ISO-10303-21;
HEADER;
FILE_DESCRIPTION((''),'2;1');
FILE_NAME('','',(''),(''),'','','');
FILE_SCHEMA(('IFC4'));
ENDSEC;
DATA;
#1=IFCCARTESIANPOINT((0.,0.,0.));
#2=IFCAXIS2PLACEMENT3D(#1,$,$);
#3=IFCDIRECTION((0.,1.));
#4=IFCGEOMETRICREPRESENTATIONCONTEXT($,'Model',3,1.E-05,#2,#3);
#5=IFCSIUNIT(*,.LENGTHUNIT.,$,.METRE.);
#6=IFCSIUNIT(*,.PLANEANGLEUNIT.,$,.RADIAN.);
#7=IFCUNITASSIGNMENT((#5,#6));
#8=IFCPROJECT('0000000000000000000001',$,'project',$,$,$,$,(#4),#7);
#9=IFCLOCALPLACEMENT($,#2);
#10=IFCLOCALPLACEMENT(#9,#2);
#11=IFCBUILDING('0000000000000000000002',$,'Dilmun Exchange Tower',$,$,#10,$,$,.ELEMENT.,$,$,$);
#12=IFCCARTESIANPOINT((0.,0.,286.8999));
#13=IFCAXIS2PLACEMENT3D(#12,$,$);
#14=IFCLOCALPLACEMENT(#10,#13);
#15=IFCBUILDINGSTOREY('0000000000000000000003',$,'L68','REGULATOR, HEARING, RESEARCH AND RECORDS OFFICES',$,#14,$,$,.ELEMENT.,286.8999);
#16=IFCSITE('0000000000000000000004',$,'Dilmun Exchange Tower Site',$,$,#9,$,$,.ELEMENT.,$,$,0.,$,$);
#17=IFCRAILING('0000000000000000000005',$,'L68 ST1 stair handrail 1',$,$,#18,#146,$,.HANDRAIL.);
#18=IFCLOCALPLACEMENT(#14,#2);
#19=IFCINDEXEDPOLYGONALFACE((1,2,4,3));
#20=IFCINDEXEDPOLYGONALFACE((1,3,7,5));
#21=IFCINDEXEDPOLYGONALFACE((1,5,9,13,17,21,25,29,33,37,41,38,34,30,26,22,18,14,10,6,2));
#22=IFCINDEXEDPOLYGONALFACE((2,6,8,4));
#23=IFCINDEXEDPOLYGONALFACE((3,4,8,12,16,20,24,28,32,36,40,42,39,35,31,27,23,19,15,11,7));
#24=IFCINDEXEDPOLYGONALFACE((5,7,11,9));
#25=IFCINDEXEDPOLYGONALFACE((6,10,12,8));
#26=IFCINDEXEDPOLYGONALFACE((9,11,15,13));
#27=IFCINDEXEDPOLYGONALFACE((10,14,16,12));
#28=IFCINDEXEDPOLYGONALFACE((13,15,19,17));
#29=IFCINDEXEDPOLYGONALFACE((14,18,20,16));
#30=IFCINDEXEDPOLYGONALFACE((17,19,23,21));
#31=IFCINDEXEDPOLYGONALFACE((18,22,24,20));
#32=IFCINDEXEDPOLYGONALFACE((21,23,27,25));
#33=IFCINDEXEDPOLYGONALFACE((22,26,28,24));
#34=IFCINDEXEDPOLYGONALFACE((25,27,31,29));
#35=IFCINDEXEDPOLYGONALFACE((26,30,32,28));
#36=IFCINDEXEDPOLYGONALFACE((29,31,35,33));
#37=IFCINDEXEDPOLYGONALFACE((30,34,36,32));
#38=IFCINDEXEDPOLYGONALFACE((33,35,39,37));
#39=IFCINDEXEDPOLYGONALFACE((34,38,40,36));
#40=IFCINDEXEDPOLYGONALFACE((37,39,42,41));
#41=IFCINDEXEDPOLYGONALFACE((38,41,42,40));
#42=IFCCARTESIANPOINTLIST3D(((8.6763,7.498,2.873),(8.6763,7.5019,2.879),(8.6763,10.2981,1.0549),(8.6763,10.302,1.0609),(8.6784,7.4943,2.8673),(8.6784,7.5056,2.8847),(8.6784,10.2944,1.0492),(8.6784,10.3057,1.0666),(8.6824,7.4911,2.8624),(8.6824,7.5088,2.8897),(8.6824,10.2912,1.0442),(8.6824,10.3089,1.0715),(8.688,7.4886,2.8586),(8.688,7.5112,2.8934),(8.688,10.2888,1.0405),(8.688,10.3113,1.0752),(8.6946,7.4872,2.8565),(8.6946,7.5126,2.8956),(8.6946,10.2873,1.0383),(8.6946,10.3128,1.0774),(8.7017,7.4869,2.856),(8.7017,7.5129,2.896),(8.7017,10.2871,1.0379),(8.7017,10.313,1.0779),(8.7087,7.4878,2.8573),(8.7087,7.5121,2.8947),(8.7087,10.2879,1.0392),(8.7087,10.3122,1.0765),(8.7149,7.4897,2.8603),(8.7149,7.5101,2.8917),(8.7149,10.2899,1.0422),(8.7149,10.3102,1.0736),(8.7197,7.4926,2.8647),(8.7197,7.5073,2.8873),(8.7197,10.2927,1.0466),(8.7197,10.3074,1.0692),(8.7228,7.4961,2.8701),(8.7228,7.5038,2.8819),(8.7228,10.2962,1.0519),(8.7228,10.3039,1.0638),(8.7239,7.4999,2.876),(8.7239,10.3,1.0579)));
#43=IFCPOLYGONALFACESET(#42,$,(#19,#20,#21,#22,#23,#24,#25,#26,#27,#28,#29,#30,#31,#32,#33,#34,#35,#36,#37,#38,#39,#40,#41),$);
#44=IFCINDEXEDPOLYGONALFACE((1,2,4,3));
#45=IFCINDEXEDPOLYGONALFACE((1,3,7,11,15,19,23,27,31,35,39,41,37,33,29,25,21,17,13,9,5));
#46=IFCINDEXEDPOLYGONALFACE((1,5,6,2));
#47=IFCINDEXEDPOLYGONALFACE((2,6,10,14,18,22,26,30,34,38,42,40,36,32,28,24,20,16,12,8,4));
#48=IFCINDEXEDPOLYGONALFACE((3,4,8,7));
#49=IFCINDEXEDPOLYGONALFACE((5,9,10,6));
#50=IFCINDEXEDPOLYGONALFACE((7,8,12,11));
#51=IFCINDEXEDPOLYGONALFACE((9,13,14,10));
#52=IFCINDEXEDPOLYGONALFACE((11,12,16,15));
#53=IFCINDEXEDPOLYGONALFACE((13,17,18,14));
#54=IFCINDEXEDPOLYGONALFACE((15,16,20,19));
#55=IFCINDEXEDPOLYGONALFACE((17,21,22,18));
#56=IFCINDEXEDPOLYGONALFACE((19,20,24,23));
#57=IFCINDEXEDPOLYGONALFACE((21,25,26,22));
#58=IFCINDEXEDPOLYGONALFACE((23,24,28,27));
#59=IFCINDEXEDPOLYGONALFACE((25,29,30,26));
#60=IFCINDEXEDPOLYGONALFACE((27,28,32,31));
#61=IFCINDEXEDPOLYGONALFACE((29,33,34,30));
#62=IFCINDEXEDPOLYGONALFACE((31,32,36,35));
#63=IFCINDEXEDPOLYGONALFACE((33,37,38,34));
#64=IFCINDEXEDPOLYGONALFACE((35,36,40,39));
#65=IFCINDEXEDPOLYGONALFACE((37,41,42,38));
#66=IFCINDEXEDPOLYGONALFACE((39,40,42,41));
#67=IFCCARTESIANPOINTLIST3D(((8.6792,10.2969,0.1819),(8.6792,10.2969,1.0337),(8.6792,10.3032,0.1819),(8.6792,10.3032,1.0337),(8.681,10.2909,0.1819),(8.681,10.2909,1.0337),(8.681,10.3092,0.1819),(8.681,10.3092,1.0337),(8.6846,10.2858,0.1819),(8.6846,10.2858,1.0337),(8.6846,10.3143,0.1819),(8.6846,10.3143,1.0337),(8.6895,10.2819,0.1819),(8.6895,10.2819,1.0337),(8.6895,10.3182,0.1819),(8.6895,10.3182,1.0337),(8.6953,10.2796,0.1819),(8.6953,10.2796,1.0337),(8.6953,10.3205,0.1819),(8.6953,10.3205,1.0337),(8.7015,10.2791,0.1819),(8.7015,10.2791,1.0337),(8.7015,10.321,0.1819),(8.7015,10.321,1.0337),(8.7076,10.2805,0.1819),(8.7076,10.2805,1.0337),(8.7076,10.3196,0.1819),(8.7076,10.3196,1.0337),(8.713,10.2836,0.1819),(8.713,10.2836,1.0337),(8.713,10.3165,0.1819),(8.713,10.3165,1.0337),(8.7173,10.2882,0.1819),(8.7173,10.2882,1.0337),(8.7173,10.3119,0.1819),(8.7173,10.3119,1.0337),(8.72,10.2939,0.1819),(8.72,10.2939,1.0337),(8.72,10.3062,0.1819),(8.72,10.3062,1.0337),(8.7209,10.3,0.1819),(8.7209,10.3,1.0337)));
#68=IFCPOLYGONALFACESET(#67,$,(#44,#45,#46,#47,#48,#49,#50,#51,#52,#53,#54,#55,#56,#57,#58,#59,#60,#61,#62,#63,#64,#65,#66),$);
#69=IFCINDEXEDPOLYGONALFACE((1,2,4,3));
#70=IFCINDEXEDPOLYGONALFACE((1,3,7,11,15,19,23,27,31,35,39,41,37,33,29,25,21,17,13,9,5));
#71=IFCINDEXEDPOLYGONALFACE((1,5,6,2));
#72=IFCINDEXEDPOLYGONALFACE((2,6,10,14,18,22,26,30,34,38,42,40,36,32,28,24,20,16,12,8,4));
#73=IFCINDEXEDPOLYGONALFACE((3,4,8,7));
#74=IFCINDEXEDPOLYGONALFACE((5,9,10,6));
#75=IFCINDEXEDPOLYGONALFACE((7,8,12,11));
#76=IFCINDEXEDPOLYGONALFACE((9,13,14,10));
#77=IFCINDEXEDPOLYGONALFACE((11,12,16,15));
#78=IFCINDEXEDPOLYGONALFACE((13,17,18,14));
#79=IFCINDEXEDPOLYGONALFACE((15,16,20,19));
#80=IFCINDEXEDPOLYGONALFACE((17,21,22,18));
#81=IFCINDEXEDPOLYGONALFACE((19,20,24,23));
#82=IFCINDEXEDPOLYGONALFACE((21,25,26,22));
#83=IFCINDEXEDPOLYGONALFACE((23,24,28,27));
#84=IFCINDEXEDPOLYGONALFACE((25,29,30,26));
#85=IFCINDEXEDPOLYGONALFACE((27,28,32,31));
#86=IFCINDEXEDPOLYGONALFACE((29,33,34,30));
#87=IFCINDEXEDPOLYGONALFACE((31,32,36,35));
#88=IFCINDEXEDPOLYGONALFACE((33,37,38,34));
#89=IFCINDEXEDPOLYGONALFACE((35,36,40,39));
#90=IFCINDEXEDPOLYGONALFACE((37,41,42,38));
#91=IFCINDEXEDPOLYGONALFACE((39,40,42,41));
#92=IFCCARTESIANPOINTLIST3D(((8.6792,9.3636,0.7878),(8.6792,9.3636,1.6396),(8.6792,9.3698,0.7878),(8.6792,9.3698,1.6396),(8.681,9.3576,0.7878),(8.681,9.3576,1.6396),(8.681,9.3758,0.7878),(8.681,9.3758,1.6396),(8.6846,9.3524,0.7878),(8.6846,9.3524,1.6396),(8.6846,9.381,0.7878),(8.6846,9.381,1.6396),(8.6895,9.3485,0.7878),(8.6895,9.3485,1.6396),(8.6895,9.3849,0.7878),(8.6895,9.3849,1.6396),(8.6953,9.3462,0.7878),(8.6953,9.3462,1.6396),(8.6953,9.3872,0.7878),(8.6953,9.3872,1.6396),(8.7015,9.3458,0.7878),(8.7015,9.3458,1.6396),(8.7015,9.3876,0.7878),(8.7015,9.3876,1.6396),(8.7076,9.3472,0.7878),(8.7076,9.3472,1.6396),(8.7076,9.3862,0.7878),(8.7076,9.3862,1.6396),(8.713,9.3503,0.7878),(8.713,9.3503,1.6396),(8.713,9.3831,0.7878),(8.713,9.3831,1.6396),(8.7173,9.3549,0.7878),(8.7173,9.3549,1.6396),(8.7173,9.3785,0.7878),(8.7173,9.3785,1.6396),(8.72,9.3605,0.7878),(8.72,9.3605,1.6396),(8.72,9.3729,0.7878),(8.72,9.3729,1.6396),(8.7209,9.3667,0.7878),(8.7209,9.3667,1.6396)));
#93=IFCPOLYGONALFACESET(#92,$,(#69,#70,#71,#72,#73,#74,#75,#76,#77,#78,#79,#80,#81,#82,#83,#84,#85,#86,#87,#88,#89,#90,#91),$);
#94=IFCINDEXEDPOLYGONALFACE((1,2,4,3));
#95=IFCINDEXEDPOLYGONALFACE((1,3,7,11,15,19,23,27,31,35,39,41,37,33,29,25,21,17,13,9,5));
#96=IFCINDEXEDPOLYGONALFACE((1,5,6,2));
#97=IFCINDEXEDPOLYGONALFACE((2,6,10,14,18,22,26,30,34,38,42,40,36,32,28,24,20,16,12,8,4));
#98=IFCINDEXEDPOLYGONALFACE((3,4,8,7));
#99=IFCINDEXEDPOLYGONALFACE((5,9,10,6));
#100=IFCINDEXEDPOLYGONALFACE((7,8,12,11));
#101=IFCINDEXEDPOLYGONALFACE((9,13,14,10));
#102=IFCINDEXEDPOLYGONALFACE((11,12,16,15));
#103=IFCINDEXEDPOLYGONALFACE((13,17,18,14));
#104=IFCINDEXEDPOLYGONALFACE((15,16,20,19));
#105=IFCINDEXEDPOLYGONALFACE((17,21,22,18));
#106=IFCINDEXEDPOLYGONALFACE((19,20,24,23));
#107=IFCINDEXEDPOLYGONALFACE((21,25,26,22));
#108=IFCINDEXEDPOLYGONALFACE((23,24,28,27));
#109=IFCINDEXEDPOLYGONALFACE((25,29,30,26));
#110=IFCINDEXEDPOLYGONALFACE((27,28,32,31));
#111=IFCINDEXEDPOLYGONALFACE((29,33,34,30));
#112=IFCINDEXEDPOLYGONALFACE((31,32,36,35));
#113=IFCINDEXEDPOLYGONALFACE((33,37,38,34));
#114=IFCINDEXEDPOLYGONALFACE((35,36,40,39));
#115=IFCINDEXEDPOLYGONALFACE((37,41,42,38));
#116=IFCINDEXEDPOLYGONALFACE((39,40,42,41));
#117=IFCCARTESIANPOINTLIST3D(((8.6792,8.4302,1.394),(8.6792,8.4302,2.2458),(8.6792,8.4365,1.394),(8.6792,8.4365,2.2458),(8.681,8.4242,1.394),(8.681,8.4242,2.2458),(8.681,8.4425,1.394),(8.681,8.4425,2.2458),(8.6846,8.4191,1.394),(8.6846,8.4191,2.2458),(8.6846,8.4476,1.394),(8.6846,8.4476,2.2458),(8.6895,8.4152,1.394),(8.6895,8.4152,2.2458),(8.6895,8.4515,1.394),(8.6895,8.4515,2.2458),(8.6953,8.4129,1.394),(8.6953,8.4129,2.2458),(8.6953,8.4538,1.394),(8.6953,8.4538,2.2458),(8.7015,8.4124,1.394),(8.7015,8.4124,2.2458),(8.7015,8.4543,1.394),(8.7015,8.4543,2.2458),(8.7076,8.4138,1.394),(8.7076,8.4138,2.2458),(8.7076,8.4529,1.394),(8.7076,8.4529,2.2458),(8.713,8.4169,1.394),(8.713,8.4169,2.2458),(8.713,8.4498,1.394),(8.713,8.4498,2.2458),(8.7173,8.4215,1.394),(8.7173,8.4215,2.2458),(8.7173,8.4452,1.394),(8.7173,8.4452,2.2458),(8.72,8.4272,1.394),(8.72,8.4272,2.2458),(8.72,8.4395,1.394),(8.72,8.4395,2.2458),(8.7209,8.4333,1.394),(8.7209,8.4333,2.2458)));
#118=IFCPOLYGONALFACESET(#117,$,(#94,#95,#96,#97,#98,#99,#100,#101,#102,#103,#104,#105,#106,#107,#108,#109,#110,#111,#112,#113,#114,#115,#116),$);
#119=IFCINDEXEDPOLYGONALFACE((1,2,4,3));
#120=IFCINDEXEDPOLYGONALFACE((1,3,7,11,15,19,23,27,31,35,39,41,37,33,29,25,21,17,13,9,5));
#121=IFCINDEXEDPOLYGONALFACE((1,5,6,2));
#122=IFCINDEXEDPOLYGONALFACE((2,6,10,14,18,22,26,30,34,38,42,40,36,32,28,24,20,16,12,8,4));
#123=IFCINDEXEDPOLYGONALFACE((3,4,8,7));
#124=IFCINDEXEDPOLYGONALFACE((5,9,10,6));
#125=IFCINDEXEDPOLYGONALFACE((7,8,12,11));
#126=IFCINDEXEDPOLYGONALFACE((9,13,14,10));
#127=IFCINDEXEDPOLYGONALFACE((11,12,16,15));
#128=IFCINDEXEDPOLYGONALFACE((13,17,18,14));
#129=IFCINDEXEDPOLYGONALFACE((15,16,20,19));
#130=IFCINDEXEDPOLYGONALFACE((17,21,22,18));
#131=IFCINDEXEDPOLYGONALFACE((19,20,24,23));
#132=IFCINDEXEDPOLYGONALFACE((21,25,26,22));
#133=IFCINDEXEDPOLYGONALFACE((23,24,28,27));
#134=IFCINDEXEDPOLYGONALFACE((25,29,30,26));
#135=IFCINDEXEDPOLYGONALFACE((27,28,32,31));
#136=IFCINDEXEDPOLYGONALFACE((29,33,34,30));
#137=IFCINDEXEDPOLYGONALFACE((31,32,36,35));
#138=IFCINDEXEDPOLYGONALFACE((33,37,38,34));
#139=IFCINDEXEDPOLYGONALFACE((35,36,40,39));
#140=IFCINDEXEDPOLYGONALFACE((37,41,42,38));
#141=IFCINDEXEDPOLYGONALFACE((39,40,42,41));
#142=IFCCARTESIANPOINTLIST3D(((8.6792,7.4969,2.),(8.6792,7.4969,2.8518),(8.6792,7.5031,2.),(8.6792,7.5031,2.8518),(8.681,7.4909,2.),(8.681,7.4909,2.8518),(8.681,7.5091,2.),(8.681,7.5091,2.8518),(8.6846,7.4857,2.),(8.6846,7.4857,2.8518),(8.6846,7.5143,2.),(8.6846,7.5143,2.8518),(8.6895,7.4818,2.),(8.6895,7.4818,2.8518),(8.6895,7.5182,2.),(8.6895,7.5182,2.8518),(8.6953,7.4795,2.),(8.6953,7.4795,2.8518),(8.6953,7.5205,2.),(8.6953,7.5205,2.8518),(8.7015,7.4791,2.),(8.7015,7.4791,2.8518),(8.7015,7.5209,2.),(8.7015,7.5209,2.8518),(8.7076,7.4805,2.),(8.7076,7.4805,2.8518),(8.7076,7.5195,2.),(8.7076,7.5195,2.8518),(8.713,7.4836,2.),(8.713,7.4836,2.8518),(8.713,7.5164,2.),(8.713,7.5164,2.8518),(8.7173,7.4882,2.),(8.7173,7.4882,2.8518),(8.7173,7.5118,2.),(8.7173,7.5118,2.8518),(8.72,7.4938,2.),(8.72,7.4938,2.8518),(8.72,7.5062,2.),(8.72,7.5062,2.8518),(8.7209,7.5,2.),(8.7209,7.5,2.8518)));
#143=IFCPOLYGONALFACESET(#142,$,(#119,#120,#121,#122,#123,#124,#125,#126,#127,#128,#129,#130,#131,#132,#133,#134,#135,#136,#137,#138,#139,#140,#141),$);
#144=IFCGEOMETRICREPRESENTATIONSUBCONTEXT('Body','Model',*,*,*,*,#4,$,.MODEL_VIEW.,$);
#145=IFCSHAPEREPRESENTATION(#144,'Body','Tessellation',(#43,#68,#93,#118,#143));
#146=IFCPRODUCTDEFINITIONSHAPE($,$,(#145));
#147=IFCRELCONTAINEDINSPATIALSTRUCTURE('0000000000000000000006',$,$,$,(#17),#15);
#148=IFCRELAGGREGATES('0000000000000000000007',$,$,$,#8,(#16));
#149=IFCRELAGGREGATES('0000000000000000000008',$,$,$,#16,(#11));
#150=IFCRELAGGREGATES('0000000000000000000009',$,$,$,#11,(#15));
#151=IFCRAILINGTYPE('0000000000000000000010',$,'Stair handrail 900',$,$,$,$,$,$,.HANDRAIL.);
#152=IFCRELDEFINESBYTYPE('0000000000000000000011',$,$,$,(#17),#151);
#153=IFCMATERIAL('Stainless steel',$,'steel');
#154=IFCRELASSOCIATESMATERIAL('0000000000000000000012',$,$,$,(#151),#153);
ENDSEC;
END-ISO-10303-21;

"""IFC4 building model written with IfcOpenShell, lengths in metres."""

from ifc_helpers import new_model, si_unit, direction, frame, origin, origin_2d, place, context, subcontext, project, spatial, circle, extrude, material, type_object, element, save


model = new_model("IFC4")

# Units and contexts
model_context = context("Model", 3, precision=1e-05, world=origin(), true_north=direction((0.0, 1.0)))
body_context = subcontext(model_context, "Body", "Model", "MODEL_VIEW")
ifc_project = project(units=[si_unit("LENGTHUNIT", "METRE"), si_unit("PLANEANGLEUNIT", "RADIAN")], contexts=[model_context])

# Site, building, storey
site_placement = place(None, origin())
site = spatial("IfcSite", under=ifc_project, at=site_placement, Name="Dilmun Exchange Tower Site", CompositionType="ELEMENT", RefElevation=0.0)
building_placement = place(site_placement, origin())
building = spatial("IfcBuilding", under=site, at=building_placement, Name="Dilmun Exchange Tower", CompositionType="ELEMENT")
storey_placement = place(building_placement, frame((0.0, 0.0, 286.8999)))
storey = spatial("IfcBuildingStorey", under=building, at=storey_placement, Name="L68", Description="REGULATOR, HEARING, RESEARCH AND RECORDS OFFICES", CompositionType="ELEMENT", Elevation=286.8999)

# Railing
ifc_material_1 = material(Name="Stainless steel", Category="steel")
railing_type = type_object("IfcRailingType", Name="Stair handrail 900", PredefinedType="HANDRAIL", material=ifc_material_1)
railing_1_placement = place(storey_placement, frame((8.7, 10.3, 0.1819)))
element("IfcRailing", 1, at=railing_1_placement, inside=storey, type_object=railing_type, Name="L68 ST1 stair handrail 1", PredefinedType="HANDRAIL", context=body_context, shape_type="SweptSolid", body=[
    extrude(circle(Radius=0.0239, at=origin_2d()), frame((0.0, 0.0, 0.876), z_axis=(0.0, -0.838706, 0.544585), x_axis=(1.0, 0.0, 0.0)), (0.0, 0.0, 1.0), 3.3386),
    extrude(circle(Radius=0.021, at=origin_2d()), origin(), (0.0, 0.0, 1.0), 0.8518),
    extrude(circle(Radius=0.021, at=origin_2d()), frame((0.0, -0.9333, 0.606)), (0.0, 0.0, 1.0), 0.8518),
    extrude(circle(Radius=0.021, at=origin_2d()), frame((0.0, -1.8667, 1.2122)), (0.0, 0.0, 1.0), 0.8518),
    extrude(circle(Radius=0.021, at=origin_2d()), frame((0.0, -2.8, 1.8181)), (0.0, 0.0, 1.0), 0.8518),
])

save(model, "model.ifc")
